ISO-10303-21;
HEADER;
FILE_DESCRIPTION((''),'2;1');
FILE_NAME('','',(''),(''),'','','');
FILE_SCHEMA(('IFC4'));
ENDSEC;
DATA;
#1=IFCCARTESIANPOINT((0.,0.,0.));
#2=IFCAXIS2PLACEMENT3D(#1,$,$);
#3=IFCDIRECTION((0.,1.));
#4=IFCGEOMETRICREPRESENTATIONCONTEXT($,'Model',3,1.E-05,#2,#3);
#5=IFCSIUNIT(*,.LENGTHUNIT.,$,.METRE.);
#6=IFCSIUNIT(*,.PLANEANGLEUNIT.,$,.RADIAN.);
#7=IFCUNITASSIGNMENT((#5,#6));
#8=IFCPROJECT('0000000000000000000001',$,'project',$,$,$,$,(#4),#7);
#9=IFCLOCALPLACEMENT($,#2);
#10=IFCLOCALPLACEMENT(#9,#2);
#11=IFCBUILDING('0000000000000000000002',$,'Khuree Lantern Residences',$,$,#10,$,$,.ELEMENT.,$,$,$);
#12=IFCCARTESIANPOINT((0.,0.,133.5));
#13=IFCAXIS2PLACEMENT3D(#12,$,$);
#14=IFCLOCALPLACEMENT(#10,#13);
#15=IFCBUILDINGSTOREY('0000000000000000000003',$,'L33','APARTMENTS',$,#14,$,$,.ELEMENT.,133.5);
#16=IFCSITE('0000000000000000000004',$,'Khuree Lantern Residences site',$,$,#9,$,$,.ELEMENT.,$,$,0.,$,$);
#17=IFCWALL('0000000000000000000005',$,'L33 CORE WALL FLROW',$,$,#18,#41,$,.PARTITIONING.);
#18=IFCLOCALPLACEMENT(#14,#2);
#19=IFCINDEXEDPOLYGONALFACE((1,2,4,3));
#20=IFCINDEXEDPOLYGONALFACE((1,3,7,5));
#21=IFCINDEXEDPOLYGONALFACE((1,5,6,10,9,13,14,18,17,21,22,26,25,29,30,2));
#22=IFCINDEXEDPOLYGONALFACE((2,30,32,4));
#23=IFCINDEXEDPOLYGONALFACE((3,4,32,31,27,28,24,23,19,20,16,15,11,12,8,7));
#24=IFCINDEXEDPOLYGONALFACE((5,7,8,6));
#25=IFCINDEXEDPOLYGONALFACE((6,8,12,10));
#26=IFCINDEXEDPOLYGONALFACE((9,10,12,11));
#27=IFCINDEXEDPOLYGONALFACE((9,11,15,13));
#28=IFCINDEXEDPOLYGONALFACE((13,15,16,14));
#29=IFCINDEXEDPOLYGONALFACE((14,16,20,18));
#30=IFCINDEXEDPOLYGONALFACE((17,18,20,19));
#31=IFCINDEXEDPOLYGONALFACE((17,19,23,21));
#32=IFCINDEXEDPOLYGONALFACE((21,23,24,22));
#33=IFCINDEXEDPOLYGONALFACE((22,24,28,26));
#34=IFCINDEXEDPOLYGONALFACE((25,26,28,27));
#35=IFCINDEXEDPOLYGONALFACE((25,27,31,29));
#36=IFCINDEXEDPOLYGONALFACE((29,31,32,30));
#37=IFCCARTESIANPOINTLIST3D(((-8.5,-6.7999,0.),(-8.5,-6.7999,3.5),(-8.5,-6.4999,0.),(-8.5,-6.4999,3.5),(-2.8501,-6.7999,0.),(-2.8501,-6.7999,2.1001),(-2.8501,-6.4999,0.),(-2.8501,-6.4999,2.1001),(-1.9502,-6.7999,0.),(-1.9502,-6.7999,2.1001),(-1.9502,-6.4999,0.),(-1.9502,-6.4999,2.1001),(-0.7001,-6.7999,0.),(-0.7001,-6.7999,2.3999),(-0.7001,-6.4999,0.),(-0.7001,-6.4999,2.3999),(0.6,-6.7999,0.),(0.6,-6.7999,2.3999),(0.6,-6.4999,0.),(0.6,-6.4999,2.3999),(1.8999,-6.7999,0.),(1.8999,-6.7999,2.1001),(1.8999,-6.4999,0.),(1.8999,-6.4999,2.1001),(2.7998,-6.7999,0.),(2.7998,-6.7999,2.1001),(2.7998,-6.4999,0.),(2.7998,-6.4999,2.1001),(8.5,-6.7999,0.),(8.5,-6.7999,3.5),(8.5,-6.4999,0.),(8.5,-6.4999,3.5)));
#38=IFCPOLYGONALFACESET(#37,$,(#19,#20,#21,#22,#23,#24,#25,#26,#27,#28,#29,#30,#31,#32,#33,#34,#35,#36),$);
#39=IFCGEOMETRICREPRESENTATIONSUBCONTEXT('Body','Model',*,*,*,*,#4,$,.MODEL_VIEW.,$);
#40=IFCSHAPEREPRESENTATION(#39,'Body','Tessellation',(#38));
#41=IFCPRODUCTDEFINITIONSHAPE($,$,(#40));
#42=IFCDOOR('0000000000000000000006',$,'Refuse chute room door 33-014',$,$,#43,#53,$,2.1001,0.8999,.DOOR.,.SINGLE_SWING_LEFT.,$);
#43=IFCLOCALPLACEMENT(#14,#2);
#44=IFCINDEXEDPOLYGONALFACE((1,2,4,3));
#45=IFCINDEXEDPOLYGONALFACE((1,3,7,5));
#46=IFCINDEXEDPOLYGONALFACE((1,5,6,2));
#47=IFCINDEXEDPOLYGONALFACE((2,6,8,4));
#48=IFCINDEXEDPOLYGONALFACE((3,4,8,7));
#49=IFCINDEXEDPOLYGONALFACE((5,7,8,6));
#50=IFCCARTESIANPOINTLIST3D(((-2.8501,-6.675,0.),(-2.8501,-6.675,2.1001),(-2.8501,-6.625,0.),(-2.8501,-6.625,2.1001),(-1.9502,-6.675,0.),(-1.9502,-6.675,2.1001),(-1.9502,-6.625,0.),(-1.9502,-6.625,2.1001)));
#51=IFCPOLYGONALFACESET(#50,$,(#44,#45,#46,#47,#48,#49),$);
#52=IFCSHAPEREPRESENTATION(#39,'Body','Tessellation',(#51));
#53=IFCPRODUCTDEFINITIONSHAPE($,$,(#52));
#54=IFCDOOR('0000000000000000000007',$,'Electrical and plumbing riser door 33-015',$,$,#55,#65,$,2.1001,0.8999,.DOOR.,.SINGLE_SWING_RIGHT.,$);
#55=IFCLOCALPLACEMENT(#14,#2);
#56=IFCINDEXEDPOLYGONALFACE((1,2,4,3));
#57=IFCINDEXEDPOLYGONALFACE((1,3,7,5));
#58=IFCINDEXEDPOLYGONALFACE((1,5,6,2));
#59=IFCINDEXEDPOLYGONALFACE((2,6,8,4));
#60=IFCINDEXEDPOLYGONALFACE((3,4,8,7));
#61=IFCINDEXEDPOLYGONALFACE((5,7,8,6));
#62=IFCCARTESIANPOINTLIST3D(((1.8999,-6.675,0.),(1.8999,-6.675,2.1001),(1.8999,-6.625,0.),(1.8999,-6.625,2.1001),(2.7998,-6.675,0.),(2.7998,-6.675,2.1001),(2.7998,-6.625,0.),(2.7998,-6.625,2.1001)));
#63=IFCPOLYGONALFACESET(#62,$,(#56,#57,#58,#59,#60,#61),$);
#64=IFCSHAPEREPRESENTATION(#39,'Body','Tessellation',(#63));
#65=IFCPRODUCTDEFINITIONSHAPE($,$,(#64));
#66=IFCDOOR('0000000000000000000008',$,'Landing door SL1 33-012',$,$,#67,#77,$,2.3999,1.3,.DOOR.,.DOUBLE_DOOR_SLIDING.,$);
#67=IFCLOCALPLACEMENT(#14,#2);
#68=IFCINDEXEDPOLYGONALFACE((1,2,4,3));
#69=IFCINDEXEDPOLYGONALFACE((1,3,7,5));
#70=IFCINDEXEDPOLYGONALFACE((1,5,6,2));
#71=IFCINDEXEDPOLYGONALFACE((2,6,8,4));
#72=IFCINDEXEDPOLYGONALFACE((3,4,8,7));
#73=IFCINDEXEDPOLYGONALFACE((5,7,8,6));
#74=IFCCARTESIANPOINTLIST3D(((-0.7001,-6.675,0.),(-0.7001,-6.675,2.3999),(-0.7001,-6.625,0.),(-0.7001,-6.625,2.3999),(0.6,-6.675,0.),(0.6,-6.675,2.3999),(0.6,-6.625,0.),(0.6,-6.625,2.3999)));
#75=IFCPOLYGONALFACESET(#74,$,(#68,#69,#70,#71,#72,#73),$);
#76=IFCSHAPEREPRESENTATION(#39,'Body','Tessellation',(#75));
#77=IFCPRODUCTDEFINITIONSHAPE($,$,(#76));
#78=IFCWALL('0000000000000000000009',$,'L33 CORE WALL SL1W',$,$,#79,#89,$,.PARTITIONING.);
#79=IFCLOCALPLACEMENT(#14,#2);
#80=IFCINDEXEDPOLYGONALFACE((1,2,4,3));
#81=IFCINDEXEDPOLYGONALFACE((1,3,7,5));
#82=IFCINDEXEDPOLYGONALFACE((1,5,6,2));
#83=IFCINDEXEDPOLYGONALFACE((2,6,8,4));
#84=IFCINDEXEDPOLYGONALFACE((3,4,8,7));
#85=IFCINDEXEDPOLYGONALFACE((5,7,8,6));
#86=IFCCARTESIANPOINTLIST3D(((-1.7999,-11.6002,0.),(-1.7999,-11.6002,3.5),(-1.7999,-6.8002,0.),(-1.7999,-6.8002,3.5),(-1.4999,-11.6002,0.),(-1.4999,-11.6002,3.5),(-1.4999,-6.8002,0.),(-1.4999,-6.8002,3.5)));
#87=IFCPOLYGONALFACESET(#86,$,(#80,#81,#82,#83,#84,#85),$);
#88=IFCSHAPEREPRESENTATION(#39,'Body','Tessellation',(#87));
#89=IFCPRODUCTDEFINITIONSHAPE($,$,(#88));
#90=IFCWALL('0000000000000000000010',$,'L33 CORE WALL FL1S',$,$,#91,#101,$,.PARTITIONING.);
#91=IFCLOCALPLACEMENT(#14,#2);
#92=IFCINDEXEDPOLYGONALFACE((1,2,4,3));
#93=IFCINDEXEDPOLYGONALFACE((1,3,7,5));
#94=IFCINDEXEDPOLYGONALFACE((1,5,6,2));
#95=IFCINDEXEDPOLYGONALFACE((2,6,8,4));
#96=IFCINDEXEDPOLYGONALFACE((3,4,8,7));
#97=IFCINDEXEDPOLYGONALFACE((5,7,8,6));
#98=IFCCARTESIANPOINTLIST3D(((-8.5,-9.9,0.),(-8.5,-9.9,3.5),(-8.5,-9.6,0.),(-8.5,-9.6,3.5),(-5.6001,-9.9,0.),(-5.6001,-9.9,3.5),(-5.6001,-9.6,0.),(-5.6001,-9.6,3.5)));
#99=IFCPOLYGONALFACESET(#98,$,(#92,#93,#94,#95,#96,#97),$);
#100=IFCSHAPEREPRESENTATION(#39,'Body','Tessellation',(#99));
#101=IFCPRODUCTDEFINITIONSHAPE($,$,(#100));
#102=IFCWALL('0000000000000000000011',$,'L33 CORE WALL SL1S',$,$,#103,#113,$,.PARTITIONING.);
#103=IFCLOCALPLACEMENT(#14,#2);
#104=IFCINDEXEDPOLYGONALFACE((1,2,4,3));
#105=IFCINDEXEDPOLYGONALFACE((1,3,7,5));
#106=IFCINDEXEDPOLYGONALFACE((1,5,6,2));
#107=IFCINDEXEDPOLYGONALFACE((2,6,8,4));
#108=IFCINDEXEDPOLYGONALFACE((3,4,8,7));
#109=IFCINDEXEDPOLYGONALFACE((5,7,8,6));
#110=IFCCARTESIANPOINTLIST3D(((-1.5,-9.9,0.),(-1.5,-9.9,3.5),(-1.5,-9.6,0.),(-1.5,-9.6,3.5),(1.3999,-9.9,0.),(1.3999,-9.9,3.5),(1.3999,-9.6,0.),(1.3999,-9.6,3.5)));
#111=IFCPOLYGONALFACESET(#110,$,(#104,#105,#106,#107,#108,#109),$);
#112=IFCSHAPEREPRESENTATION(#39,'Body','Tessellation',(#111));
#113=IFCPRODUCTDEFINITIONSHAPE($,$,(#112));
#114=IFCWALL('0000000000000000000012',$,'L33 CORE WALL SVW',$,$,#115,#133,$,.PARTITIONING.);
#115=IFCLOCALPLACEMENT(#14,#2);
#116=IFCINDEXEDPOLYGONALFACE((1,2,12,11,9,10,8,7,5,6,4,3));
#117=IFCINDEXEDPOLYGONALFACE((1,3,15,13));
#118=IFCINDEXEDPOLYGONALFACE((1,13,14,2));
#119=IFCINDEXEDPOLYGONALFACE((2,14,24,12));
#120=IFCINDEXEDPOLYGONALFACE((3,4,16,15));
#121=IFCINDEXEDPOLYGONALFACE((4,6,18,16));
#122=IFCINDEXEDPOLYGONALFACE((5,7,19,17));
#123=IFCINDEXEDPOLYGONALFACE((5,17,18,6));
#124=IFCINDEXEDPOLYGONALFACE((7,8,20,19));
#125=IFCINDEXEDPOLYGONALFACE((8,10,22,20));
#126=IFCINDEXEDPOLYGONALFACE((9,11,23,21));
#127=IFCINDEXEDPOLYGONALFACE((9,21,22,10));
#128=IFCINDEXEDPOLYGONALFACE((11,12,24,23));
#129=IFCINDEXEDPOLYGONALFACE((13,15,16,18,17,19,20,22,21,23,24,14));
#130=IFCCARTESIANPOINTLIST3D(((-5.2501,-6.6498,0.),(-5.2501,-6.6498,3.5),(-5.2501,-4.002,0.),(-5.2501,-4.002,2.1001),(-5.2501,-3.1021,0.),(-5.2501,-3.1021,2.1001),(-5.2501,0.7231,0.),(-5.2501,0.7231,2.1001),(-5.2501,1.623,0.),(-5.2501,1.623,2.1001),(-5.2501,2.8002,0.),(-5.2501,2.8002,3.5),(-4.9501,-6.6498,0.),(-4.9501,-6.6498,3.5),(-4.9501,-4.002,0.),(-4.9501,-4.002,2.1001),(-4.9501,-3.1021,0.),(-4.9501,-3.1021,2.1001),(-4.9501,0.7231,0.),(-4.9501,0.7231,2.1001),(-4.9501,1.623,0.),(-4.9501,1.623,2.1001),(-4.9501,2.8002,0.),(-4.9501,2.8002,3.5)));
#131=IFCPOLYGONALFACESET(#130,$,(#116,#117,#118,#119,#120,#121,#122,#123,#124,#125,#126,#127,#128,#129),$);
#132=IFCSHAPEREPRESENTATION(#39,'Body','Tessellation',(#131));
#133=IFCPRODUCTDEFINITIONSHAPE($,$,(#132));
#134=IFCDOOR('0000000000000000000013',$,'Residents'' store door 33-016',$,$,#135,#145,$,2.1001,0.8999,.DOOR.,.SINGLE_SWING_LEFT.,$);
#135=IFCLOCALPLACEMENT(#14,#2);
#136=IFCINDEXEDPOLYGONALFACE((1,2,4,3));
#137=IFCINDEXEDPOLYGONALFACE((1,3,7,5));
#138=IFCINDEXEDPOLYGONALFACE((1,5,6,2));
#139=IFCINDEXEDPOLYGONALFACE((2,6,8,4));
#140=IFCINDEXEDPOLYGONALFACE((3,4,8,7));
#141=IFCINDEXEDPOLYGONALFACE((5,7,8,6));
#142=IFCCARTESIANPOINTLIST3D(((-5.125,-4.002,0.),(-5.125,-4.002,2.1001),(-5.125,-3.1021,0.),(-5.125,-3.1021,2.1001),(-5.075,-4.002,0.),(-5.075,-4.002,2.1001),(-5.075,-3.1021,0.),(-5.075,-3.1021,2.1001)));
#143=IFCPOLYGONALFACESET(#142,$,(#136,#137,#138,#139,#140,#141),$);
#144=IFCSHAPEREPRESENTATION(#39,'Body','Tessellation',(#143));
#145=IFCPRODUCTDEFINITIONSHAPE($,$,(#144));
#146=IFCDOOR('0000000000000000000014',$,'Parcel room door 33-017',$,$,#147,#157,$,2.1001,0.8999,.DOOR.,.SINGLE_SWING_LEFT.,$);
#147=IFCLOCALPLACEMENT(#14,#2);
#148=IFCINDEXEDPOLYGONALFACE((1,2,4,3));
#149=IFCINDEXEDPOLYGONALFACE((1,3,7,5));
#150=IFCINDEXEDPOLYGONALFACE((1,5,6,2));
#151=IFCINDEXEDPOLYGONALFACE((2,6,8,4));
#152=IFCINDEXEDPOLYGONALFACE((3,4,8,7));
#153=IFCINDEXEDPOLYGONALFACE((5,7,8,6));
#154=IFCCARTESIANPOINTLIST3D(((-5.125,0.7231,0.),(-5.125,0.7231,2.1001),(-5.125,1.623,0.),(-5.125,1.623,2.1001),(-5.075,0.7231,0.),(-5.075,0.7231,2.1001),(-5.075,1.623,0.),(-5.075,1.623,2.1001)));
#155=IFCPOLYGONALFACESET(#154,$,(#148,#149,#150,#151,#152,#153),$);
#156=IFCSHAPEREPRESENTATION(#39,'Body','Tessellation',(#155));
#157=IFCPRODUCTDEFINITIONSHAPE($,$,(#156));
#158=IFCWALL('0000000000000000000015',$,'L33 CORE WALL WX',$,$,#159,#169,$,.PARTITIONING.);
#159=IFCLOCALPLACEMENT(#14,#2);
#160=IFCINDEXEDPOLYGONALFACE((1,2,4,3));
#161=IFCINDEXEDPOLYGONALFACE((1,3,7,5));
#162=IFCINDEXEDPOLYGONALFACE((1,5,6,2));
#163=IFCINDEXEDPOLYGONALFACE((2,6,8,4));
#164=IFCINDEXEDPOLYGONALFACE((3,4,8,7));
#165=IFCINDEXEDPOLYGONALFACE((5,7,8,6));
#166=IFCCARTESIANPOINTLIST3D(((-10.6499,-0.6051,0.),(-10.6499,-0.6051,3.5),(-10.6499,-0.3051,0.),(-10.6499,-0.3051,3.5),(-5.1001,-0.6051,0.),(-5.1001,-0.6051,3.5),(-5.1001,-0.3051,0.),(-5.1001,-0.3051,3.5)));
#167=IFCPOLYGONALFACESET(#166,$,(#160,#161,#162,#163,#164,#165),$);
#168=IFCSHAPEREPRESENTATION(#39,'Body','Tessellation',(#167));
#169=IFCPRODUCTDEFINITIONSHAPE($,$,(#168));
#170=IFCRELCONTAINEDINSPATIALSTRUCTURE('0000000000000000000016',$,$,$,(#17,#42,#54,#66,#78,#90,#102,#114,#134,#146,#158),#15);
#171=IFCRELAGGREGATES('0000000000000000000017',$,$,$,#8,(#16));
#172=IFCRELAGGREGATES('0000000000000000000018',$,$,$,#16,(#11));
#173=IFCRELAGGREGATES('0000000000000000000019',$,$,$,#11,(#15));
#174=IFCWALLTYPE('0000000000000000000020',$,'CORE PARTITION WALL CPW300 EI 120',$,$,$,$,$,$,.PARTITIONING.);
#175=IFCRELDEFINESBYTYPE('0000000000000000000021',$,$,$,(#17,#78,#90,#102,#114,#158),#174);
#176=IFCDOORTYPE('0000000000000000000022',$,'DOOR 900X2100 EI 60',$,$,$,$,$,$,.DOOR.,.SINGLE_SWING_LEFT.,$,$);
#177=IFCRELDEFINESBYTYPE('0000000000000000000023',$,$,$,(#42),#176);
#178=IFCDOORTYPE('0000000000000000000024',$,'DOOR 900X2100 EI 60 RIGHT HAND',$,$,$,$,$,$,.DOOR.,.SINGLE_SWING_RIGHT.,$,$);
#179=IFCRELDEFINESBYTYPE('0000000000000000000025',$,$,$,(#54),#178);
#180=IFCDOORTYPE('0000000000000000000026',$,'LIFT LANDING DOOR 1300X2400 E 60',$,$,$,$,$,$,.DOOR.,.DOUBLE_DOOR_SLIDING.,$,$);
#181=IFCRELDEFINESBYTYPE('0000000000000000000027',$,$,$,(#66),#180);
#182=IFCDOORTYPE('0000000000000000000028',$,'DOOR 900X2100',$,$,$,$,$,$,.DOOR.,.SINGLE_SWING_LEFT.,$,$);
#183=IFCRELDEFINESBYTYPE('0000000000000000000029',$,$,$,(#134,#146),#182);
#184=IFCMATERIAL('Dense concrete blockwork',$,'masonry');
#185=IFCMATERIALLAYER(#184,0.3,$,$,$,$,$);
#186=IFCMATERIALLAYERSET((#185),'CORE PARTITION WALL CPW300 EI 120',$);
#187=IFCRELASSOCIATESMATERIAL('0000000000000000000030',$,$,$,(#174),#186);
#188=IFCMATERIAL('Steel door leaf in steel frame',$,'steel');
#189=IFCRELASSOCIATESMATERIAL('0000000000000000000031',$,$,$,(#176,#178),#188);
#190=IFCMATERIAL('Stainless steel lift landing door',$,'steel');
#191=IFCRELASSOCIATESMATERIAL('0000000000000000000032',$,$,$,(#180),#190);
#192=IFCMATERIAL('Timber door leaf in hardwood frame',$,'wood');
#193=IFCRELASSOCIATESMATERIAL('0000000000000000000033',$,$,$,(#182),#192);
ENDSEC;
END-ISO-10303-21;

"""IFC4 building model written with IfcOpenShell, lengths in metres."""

from ifc_helpers import new_model, si_unit, direction, frame, frame_2d, origin, place, context, subcontext, project, spatial, rectangle, extrude, material, layer, layer_set, type_object, element, fill, save


model = new_model("IFC4")

# Units and contexts
model_context = context("Model", 3, precision=1e-05, world=origin(), true_north=direction((0.0, 1.0)))
body_context = subcontext(model_context, "Body", "Model", "MODEL_VIEW")
ifc_project = project(units=[si_unit("LENGTHUNIT", "METRE"), si_unit("PLANEANGLEUNIT", "RADIAN")], contexts=[model_context])

# Site, building, storey
site_placement = place(None, origin())
site = spatial("IfcSite", under=ifc_project, at=site_placement, Name="Khuree Lantern Residences site", CompositionType="ELEMENT", RefElevation=0.0)
building_placement = place(site_placement, origin())
building = spatial("IfcBuilding", under=site, at=building_placement, Name="Khuree Lantern Residences", CompositionType="ELEMENT")
storey_placement = place(building_placement, frame((0.0, 0.0, 133.5)))
storey = spatial("IfcBuildingStorey", under=building, at=storey_placement, Name="L33", Description="APARTMENTS", CompositionType="ELEMENT", Elevation=133.5)

# Wall, openings, doors
ifc_material_1 = material(Name="Dense concrete blockwork", Category="masonry")
ifc_layer_1 = layer(ifc_material_1, 0.3)
ifc_layer_set_1 = layer_set([ifc_layer_1], Name="CORE PARTITION WALL CPW300 EI 120")
wall_type_1 = type_object("IfcWallType", Name="CORE PARTITION WALL CPW300 EI 120", PredefinedType="PARTITIONING", material=ifc_layer_set_1)
wall_1_placement = place(storey_placement, frame((-8.5, -6.6499, 0.0), z_axis=(0.0, 0.0, 1.0), x_axis=(1.0, 0.0, 0.0)))
wall_1 = element("IfcWall", 1, at=wall_1_placement, inside=storey, type_object=wall_type_1, Name="L33 CORE WALL FLROW", PredefinedType="PARTITIONING", context=body_context, shape_type="SweptSolid", body=[
    extrude(rectangle(XDim=17.0, YDim=0.3, at=frame_2d((8.5, 0.0))), origin(), (0.0, 0.0, 1.0), 3.5),
])
opening_1_placement = place(wall_1_placement, frame((7.8, 0.0, 0.0)))
opening_1 = element("IfcOpeningElement", 2, at=opening_1_placement, cuts=wall_1, PredefinedType="OPENING", context=body_context, shape_type="SweptSolid", body=[
    extrude(rectangle(XDim=1.3, YDim=2.3999, at=frame_2d((0.6499, 1.2))), frame((0.0, 0.1602, 0.0), z_axis=(0.0, -1.0, 0.0), x_axis=(1.0, 0.0, 0.0)), (0.0, 0.0, 1.0), 0.3201),
])
opening_2_placement = place(wall_1_placement, frame((5.6499, 0.0, 0.0)))
opening_2 = element("IfcOpeningElement", 3, at=opening_2_placement, cuts=wall_1, PredefinedType="OPENING", context=body_context, shape_type="SweptSolid", body=[
    extrude(rectangle(XDim=0.8999, YDim=2.1001, at=frame_2d((0.45, 1.05))), frame((0.0, 0.1602, 0.0), z_axis=(0.0, -1.0, 0.0), x_axis=(1.0, 0.0, 0.0)), (0.0, 0.0, 1.0), 0.3201),
])
opening_3_placement = place(wall_1_placement, frame((10.3999, 0.0, 0.0)))
opening_3 = element("IfcOpeningElement", 4, at=opening_3_placement, cuts=wall_1, PredefinedType="OPENING", context=body_context, shape_type="SweptSolid", body=[
    extrude(rectangle(XDim=0.8999, YDim=2.1001, at=frame_2d((0.45, 1.05))), frame((0.0, 0.1602, 0.0), z_axis=(0.0, -1.0, 0.0), x_axis=(1.0, 0.0, 0.0)), (0.0, 0.0, 1.0), 0.3201),
])
ifc_material_2 = material(Name="Steel door leaf in steel frame", Category="steel")
door_type_1 = type_object("IfcDoorType", Name="DOOR 900X2100 EI 60", OperationType="SINGLE_SWING_LEFT", PredefinedType="DOOR", material=ifc_material_2)
door_1_placement = place(opening_2_placement, origin())
door_1 = element("IfcDoor", 5, at=door_1_placement, inside=storey, type_object=door_type_1, Name="Refuse chute room door 33-014", OperationType="SINGLE_SWING_LEFT", OverallHeight=2.1001, OverallWidth=0.8999, PredefinedType="DOOR", context=body_context, shape_type="SweptSolid", body=[
    extrude(rectangle(XDim=0.8999, YDim=2.1001, at=frame_2d((0.45, 1.05))), frame((0.0, 0.0249, 0.0), z_axis=(0.0, -1.0, 0.0), x_axis=(1.0, 0.0, 0.0)), (0.0, 0.0, 1.0), 0.05),
])
fill(opening_2, door_1)
door_type_2 = type_object("IfcDoorType", Name="DOOR 900X2100 EI 60 RIGHT HAND", OperationType="SINGLE_SWING_RIGHT", PredefinedType="DOOR", material=ifc_material_2)
door_2_placement = place(opening_3_placement, origin())
door_2 = element("IfcDoor", 6, at=door_2_placement, inside=storey, type_object=door_type_2, Name="Electrical and plumbing riser door 33-015", OperationType="SINGLE_SWING_RIGHT", OverallHeight=2.1001, OverallWidth=0.8999, PredefinedType="DOOR", context=body_context, shape_type="SweptSolid", body=[
    extrude(rectangle(XDim=0.8999, YDim=2.1001, at=frame_2d((0.45, 1.05))), frame((0.0, 0.0249, 0.0), z_axis=(0.0, -1.0, 0.0), x_axis=(1.0, 0.0, 0.0)), (0.0, 0.0, 1.0), 0.05),
])
fill(opening_3, door_2)
ifc_material_3 = material(Name="Stainless steel lift landing door", Category="steel")
door_type_3 = type_object("IfcDoorType", Name="LIFT LANDING DOOR 1300X2400 E 60", OperationType="DOUBLE_DOOR_SLIDING", PredefinedType="DOOR", material=ifc_material_3)
door_3_placement = place(opening_1_placement, origin())
door_3 = element("IfcDoor", 7, at=door_3_placement, inside=storey, type_object=door_type_3, Name="Landing door SL1 33-012", OperationType="DOUBLE_DOOR_SLIDING", OverallHeight=2.3999, OverallWidth=1.3, PredefinedType="DOOR", context=body_context, shape_type="SweptSolid", body=[
    extrude(rectangle(XDim=1.3, YDim=2.3999, at=frame_2d((0.6499, 1.2))), frame((0.0, 0.0249, 0.0), z_axis=(0.0, -1.0, 0.0), x_axis=(1.0, 0.0, 0.0)), (0.0, 0.0, 1.0), 0.05),
])
fill(opening_1, door_3)

# Walls
wall_2_placement = place(storey_placement, frame((-1.6499, -11.6001, 0.0), z_axis=(0.0, 0.0, 1.0), x_axis=(0.0, 1.0, 0.0)))
element("IfcWall", 8, at=wall_2_placement, inside=storey, type_object=wall_type_1, Name="L33 CORE WALL SL1W", PredefinedType="PARTITIONING", context=body_context, shape_type="SweptSolid", body=[
    extrude(rectangle(XDim=4.8, YDim=0.3, at=frame_2d((2.3999, 0.0))), origin(), (0.0, 0.0, 1.0), 3.5),
])
for number, where, z_axis, x_axis, name in (
    (9, (-8.5, -9.75, 0.0), (0.0, 0.0, 1.0), (1.0, 0.0, 0.0), "L33 CORE WALL FL1S"),
    (10, (-1.5, -9.75, 0.0), (0.0, 0.0, 1.0), (1.0, 0.0, 0.0), "L33 CORE WALL SL1S"),
):
    element("IfcWall", number, at=place(storey_placement, frame(where, z_axis=z_axis, x_axis=x_axis)), inside=storey, type_object=wall_type_1, Name=name, PredefinedType="PARTITIONING", context=body_context, shape_type="SweptSolid", body=[
        extrude(rectangle(XDim=2.8999, YDim=0.3, at=frame_2d((1.45, 0.0))), origin(), (0.0, 0.0, 1.0), 3.5),
    ])

# Wall, openings, doors
wall_3_placement = place(storey_placement, frame((-5.1001, -6.6499, 0.0), z_axis=(0.0, 0.0, 1.0), x_axis=(0.0, 1.0, 0.0)))
wall_3 = element("IfcWall", 11, at=wall_3_placement, inside=storey, type_object=wall_type_1, Name="L33 CORE WALL SVW", PredefinedType="PARTITIONING", context=body_context, shape_type="SweptSolid", body=[
    extrude(rectangle(XDim=9.45, YDim=0.3, at=frame_2d((4.7251, 0.0))), origin(), (0.0, 0.0, 1.0), 3.5),
])
opening_4_placement = place(wall_3_placement, frame((2.6479, 0.0, 0.0)))
opening_4 = element("IfcOpeningElement", 12, at=opening_4_placement, cuts=wall_3, PredefinedType="OPENING", context=body_context, shape_type="SweptSolid", body=[
    extrude(rectangle(XDim=0.8999, YDim=2.1001, at=frame_2d((0.45, 1.05))), frame((0.0, 0.1602, 0.0), z_axis=(0.0, -1.0, 0.0), x_axis=(1.0, 0.0, 0.0)), (0.0, 0.0, 1.0), 0.3201),
])
opening_5_placement = place(wall_3_placement, frame((7.373, 0.0, 0.0)))
opening_5 = element("IfcOpeningElement", 13, at=opening_5_placement, cuts=wall_3, PredefinedType="OPENING", context=body_context, shape_type="SweptSolid", body=[
    extrude(rectangle(XDim=0.8999, YDim=2.1001, at=frame_2d((0.45, 1.05))), frame((0.0, 0.1602, 0.0), z_axis=(0.0, -1.0, 0.0), x_axis=(1.0, 0.0, 0.0)), (0.0, 0.0, 1.0), 0.3201),
])
ifc_material_4 = material(Name="Timber door leaf in hardwood frame", Category="wood")
door_type_4 = type_object("IfcDoorType", Name="DOOR 900X2100", OperationType="SINGLE_SWING_LEFT", PredefinedType="DOOR", material=ifc_material_4)
door_4_placement = place(opening_4_placement, origin())
door_4 = element("IfcDoor", 14, at=door_4_placement, inside=storey, type_object=door_type_4, Name="Residents' store door 33-016", OperationType="SINGLE_SWING_LEFT", OverallHeight=2.1001, OverallWidth=0.8999, PredefinedType="DOOR", context=body_context, shape_type="SweptSolid", body=[
    extrude(rectangle(XDim=0.8999, YDim=2.1001, at=frame_2d((0.45, 1.05))), frame((0.0, 0.0249, 0.0), z_axis=(0.0, -1.0, 0.0), x_axis=(1.0, 0.0, 0.0)), (0.0, 0.0, 1.0), 0.05),
])
fill(opening_4, door_4)
door_5_placement = place(opening_5_placement, origin())
door_5 = element("IfcDoor", 15, at=door_5_placement, inside=storey, type_object=door_type_4, Name="Parcel room door 33-017", OperationType="SINGLE_SWING_LEFT", OverallHeight=2.1001, OverallWidth=0.8999, PredefinedType="DOOR", context=body_context, shape_type="SweptSolid", body=[
    extrude(rectangle(XDim=0.8999, YDim=2.1001, at=frame_2d((0.45, 1.05))), frame((0.0, 0.0249, 0.0), z_axis=(0.0, -1.0, 0.0), x_axis=(1.0, 0.0, 0.0)), (0.0, 0.0, 1.0), 0.05),
])
fill(opening_5, door_5)

# Wall
wall_4_placement = place(storey_placement, frame((-10.6499, -0.4551, 0.0), z_axis=(0.0, 0.0, 1.0), x_axis=(1.0, 0.0, 0.0)))
element("IfcWall", 16, at=wall_4_placement, inside=storey, type_object=wall_type_1, Name="L33 CORE WALL WX", PredefinedType="PARTITIONING", context=body_context, shape_type="SweptSolid", body=[
    extrude(rectangle(XDim=5.5498, YDim=0.3, at=frame_2d((2.7749, 0.0))), origin(), (0.0, 0.0, 1.0), 3.5),
])

save(model, "model.ifc")
